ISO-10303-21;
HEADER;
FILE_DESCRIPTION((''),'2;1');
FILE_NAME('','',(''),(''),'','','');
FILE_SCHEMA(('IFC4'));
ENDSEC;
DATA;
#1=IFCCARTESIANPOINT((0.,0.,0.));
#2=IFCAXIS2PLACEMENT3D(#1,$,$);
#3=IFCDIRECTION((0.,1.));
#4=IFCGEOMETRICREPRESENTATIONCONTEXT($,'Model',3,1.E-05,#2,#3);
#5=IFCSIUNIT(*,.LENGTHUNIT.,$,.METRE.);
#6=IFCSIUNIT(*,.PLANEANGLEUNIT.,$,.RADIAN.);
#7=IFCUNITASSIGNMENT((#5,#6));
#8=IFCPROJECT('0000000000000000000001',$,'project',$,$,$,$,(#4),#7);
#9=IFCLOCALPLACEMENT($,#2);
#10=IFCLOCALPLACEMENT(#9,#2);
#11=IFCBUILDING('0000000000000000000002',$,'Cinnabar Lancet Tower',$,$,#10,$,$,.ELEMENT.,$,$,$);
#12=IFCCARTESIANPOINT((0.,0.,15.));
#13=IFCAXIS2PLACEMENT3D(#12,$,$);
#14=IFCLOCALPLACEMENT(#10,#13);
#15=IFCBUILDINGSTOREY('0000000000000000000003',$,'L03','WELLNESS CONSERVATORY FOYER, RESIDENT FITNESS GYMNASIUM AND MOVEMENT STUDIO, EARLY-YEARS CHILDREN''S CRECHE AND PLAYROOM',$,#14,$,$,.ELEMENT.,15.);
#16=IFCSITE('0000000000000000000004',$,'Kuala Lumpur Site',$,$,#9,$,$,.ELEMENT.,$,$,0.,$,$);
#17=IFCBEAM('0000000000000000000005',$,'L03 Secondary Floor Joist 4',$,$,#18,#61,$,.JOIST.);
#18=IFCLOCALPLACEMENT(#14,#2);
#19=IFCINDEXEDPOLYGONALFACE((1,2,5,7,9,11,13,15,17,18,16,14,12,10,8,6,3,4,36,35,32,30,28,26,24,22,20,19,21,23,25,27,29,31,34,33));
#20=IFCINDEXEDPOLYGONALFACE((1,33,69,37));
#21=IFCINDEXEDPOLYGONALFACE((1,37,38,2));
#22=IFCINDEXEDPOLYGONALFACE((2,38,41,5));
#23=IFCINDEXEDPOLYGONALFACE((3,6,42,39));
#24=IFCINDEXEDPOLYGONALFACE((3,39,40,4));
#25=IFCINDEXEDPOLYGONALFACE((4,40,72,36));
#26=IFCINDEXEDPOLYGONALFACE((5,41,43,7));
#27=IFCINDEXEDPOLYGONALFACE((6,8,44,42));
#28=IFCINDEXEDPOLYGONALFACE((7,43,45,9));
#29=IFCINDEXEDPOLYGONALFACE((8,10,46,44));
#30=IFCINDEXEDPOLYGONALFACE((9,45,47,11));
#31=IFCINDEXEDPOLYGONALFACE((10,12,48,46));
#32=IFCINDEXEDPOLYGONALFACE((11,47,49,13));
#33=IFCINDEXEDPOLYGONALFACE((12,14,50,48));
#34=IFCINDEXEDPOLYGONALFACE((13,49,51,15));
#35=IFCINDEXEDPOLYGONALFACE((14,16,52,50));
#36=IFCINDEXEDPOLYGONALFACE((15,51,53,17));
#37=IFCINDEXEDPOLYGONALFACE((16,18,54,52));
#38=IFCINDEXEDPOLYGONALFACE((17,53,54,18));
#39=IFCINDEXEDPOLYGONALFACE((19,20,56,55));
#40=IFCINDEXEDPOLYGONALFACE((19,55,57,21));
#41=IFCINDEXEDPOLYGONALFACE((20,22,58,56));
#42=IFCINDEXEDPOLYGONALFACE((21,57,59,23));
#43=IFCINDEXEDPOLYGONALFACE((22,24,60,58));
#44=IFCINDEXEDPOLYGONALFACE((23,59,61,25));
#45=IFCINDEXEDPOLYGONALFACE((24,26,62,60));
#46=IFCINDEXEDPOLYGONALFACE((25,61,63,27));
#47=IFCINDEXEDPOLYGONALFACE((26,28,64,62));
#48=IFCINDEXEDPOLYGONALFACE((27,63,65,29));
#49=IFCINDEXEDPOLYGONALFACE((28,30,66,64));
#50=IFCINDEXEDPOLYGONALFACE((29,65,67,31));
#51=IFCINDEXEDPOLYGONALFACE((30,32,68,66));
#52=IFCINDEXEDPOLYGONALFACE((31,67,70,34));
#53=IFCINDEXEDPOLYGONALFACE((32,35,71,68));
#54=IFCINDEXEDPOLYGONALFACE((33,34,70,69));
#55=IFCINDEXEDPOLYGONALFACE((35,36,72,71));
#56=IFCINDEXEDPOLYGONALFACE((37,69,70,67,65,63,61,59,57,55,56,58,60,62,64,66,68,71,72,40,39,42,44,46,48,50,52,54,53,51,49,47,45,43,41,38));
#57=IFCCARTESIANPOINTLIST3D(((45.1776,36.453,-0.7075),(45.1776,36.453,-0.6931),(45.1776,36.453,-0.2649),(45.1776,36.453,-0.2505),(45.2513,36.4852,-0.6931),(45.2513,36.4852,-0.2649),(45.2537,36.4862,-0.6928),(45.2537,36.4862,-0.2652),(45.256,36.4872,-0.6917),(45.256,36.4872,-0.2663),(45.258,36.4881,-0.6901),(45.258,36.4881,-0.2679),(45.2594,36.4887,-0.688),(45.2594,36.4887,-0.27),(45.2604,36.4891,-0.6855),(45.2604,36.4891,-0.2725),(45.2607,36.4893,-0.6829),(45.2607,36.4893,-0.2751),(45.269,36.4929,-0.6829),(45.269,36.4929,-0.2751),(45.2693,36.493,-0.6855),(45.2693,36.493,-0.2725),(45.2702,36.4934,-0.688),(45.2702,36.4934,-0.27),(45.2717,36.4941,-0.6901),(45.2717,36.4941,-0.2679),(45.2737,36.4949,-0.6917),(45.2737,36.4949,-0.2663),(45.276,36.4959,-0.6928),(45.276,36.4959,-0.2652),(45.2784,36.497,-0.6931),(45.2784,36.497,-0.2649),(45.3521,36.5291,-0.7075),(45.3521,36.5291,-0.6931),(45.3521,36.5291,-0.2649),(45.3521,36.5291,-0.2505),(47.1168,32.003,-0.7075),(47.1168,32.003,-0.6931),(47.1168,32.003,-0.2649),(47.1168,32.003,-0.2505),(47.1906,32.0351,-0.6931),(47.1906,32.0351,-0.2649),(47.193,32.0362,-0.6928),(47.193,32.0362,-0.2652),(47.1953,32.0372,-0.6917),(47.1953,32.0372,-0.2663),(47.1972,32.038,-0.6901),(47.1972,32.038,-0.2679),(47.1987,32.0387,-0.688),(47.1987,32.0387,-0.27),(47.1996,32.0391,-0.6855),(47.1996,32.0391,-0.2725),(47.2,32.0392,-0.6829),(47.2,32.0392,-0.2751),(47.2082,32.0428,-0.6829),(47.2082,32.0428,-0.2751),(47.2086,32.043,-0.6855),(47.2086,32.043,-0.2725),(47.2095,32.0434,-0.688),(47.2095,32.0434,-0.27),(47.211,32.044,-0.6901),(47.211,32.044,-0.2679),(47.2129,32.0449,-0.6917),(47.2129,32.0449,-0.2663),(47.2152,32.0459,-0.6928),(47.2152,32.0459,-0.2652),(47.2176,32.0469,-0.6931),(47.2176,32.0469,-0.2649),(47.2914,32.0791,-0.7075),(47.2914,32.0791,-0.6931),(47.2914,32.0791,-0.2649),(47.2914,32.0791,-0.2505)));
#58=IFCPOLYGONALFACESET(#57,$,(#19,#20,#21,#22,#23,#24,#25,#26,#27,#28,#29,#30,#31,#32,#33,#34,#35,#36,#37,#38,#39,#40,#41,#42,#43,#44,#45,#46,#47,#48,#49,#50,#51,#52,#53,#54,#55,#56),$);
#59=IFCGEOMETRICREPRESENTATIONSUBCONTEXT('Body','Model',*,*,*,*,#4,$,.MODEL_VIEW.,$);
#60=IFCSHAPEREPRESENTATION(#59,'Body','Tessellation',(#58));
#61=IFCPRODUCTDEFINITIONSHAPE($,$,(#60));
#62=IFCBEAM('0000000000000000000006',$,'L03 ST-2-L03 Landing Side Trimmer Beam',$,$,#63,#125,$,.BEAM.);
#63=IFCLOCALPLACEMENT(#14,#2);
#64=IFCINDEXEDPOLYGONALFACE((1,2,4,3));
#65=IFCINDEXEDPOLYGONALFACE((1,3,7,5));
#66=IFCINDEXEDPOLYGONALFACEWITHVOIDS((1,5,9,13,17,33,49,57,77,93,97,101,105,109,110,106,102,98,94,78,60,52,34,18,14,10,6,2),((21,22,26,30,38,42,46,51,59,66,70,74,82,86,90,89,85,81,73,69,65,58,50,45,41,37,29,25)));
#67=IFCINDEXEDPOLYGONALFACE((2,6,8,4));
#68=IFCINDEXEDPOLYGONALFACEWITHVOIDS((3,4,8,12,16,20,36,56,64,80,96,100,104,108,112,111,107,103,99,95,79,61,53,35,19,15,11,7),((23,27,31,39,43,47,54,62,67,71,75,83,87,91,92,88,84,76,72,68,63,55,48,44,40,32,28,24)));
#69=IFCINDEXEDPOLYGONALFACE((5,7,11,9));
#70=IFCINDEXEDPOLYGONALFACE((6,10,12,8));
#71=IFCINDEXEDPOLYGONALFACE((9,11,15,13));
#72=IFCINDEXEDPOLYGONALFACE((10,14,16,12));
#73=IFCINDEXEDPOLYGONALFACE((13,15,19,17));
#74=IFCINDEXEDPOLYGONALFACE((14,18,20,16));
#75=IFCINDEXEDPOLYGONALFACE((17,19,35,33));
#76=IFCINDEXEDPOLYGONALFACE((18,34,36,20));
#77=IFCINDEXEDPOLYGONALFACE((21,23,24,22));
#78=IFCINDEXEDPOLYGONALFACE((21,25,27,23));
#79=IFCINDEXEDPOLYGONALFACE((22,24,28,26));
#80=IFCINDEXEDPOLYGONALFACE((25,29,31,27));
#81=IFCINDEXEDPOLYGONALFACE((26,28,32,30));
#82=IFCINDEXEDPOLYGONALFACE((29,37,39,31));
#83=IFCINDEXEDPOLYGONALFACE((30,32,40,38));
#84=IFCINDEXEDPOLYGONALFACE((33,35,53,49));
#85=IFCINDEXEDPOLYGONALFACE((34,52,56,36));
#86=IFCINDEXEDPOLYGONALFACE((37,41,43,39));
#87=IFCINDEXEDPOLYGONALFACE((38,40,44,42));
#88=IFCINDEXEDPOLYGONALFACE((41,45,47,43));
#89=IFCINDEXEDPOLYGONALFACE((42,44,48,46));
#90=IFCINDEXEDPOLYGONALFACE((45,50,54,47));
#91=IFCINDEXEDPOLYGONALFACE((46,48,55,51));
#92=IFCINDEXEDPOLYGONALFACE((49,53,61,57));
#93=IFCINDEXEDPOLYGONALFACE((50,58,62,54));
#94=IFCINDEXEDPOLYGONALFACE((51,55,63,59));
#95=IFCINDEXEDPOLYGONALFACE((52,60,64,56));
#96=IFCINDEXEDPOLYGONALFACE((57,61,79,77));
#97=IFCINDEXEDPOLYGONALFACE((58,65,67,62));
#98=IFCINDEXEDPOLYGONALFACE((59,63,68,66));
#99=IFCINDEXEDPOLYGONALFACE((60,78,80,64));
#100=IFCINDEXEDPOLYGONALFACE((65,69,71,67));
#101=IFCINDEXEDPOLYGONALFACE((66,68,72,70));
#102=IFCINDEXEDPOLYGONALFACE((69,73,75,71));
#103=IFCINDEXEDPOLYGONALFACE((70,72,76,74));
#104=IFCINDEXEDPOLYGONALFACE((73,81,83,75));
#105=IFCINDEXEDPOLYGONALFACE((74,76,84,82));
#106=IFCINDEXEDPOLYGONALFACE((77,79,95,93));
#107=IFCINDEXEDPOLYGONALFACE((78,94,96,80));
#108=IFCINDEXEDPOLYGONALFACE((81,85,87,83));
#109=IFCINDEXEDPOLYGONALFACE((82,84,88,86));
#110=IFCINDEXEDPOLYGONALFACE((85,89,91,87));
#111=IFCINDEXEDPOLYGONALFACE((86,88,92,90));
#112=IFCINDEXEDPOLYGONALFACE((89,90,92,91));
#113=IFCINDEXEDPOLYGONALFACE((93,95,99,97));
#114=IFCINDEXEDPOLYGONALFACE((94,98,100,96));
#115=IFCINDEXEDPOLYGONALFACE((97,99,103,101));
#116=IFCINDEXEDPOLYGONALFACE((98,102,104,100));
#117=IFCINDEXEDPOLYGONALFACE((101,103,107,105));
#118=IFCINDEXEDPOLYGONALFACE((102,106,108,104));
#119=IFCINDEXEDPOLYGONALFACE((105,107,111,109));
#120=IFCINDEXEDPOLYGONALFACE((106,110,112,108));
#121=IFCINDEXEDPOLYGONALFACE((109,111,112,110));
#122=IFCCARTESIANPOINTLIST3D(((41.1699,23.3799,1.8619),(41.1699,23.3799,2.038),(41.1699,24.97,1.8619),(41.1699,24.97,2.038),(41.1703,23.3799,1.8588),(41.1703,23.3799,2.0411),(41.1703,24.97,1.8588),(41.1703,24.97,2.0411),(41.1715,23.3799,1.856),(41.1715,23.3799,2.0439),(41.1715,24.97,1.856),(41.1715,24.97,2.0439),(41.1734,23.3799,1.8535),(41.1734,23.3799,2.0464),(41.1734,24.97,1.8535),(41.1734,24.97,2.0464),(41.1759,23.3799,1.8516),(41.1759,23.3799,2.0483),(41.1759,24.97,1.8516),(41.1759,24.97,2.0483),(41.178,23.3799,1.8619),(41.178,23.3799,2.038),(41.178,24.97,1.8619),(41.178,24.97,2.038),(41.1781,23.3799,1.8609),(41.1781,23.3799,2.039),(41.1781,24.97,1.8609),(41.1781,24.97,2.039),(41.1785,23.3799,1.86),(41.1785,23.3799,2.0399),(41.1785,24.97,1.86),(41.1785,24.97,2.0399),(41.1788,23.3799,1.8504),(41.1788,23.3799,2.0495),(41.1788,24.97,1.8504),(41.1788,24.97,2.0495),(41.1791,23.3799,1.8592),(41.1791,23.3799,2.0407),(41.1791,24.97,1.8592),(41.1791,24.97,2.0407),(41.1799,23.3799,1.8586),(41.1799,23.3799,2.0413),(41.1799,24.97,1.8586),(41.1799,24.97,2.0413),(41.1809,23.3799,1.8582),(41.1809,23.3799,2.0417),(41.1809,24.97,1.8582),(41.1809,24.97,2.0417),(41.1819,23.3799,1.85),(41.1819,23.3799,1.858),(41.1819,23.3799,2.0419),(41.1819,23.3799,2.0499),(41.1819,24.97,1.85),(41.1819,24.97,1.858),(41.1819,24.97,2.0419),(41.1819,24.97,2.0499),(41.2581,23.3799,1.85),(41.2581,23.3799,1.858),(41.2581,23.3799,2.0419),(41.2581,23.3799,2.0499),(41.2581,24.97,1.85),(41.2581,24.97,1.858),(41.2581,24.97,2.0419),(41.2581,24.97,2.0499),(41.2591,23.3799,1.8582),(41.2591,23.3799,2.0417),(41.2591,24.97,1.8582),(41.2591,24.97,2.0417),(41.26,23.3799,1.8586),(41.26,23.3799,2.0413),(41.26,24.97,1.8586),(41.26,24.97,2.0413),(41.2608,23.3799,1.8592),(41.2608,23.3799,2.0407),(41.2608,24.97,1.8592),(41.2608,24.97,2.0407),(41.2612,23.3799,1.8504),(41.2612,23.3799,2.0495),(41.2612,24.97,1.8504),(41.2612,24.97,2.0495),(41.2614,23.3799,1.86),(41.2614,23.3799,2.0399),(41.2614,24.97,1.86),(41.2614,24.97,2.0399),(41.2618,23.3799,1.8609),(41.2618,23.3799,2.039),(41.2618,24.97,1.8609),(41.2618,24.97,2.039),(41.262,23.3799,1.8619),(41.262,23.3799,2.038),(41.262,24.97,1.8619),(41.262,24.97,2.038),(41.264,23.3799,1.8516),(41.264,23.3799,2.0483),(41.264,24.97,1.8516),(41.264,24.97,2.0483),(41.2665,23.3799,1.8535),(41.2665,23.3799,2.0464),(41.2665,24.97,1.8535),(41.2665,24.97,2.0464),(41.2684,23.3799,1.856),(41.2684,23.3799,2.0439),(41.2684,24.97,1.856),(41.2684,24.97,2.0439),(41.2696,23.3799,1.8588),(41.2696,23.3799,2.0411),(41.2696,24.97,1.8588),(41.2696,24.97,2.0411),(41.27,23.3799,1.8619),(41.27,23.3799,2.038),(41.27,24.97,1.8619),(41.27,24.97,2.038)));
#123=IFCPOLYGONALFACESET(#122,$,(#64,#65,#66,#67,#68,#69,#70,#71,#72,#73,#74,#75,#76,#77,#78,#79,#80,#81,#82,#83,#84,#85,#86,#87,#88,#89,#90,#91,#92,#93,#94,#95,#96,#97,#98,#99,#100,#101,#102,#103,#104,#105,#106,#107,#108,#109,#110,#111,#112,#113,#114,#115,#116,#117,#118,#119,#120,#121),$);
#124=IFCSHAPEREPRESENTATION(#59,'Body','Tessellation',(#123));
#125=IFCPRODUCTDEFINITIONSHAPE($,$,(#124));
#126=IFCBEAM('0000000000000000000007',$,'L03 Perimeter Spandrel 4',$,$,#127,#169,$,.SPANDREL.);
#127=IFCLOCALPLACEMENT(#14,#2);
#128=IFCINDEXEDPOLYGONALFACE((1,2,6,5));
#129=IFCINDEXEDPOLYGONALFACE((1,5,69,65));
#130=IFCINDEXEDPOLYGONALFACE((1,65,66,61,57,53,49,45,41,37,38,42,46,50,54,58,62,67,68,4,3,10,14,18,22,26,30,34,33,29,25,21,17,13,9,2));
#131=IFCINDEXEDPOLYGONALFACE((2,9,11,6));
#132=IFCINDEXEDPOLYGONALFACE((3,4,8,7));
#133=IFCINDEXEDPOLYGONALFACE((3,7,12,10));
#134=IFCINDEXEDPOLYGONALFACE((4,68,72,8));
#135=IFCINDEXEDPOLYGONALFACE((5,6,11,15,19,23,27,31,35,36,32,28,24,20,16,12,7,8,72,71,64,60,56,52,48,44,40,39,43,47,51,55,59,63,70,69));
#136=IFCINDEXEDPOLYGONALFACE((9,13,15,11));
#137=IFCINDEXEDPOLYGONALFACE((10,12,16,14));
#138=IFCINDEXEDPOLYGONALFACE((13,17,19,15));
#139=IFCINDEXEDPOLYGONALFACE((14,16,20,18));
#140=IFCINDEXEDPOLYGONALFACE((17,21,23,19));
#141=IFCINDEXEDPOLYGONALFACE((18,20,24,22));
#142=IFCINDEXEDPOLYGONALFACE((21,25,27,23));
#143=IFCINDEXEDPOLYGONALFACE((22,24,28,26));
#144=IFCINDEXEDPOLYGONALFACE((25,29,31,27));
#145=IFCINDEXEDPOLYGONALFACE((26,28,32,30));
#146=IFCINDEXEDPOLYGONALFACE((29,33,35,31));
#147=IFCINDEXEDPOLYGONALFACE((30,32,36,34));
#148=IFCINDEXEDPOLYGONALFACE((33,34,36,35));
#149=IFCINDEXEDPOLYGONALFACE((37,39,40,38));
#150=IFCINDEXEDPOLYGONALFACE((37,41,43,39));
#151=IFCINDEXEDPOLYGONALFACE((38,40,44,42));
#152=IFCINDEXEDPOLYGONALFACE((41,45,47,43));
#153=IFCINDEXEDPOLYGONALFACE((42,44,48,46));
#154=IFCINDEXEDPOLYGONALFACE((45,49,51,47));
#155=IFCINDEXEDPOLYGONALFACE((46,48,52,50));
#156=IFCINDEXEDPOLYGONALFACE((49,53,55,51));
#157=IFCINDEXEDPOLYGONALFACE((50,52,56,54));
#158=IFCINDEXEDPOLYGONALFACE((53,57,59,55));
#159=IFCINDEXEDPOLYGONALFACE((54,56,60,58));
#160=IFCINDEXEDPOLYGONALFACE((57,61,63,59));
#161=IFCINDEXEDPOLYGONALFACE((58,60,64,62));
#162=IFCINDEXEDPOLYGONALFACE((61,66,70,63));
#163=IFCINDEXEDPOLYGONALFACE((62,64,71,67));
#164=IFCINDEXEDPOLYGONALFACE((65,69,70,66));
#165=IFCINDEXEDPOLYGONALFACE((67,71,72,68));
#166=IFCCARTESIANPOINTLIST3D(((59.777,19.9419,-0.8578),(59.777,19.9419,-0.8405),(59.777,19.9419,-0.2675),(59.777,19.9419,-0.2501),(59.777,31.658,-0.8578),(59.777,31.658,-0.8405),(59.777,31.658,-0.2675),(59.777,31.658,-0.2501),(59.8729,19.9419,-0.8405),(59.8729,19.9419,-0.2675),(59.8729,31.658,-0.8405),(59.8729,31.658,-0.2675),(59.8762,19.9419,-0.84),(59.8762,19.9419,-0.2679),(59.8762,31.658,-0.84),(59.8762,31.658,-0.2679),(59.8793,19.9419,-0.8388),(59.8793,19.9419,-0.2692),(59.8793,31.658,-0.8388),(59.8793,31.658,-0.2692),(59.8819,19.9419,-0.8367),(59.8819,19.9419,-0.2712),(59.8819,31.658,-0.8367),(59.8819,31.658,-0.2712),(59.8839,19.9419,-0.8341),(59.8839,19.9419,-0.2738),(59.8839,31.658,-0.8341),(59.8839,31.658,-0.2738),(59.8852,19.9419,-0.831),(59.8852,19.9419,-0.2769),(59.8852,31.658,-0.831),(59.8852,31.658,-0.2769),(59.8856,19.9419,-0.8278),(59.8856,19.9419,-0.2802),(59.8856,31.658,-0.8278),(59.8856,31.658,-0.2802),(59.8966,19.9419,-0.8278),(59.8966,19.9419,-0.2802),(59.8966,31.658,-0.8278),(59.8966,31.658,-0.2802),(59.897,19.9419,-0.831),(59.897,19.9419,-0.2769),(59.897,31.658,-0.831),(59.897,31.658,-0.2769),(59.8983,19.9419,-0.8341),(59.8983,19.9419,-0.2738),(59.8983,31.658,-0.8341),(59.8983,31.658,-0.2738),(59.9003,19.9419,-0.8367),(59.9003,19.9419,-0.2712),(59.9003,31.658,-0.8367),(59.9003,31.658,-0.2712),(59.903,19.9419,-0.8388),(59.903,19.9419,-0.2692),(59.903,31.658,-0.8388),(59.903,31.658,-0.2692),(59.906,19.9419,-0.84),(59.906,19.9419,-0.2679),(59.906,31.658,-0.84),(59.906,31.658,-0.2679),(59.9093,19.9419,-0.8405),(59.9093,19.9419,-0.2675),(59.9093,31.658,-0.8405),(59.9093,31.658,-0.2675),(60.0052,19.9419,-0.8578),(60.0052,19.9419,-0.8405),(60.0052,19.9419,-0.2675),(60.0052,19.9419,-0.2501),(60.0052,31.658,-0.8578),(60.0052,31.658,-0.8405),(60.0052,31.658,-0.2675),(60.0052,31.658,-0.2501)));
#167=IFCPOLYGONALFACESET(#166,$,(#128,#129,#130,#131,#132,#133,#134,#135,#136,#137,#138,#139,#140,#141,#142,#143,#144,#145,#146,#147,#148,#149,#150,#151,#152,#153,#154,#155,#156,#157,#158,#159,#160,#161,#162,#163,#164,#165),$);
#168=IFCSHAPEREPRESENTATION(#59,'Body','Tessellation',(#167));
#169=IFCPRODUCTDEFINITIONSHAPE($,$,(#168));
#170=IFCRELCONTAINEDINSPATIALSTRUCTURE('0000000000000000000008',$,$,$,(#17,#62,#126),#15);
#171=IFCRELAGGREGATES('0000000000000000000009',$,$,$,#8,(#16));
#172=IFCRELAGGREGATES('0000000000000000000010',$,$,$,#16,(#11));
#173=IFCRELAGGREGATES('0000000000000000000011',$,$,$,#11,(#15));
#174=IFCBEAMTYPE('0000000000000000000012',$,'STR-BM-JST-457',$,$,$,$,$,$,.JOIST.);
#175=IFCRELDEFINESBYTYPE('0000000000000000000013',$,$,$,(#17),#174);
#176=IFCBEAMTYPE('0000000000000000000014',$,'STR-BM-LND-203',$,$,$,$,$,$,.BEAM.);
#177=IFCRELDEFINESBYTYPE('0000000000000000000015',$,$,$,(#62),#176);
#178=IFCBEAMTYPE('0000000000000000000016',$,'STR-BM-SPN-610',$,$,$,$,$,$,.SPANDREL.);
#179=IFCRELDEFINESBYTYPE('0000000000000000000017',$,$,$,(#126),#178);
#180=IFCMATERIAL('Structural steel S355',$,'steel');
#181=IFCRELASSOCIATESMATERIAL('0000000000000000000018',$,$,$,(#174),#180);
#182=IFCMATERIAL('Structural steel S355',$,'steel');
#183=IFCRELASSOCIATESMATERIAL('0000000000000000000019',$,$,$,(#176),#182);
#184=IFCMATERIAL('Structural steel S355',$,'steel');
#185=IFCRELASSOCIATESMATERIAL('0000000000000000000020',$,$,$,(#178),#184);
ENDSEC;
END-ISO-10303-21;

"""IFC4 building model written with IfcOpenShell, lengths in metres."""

from ifc_helpers import new_model, si_unit, direction, frame, origin, origin_2d, place, context, subcontext, project, spatial, hollow_rectangle, i_section, extrude, material, material_profile, profile_set, type_object, element, save


model = new_model("IFC4")

# Units and contexts
model_context = context("Model", 3, precision=1e-05, world=origin(), true_north=direction((0.0, 1.0)))
body_context = subcontext(model_context, "Body", "Model", "MODEL_VIEW")
ifc_project = project(units=[si_unit("LENGTHUNIT", "METRE"), si_unit("PLANEANGLEUNIT", "RADIAN")], contexts=[model_context])

# Site, building, storey
site_placement = place(None, origin())
site = spatial("IfcSite", under=ifc_project, at=site_placement, Name="Kuala Lumpur Site", CompositionType="ELEMENT", RefElevation=0.0)
building_placement = place(site_placement, origin())
building = spatial("IfcBuilding", under=site, at=building_placement, Name="Cinnabar Lancet Tower", CompositionType="ELEMENT")
storey_placement = place(building_placement, frame((0.0, 0.0, 15.0)))
storey = spatial("IfcBuildingStorey", under=building, at=storey_placement, Name="L03", Description="WELLNESS CONSERVATORY FOYER, RESIDENT FITNESS GYMNASIUM AND MOVEMENT STUDIO, EARLY-YEARS CHILDREN'S CRECHE AND PLAYROOM", CompositionType="ELEMENT", Elevation=15.0)

# Beams
ifc_material_1 = material(Name="Structural steel S355", Category="steel")
ifc_material_profile_1 = material_profile(ifc_material_1, i_section(OverallWidth=0.1904, OverallDepth=0.457, WebThickness=0.009, FlangeThickness=0.0144, FilletRadius=0.0103, at=origin_2d()), Name="UKB 457x191x74")
ifc_profile_set_1 = profile_set([ifc_material_profile_1], Name="Structural steel S355")
beam_type_1 = type_object("IfcBeamType", Name="STR-BM-JST-457", PredefinedType="JOIST", material=ifc_profile_set_1)
beam_1_placement = place(storey_placement, frame((47.2041, 32.041, -0.479), z_axis=(-0.399497, 0.916735, 0.0), x_axis=(-0.916735, -0.399497, 0.0)))
element("IfcBeam", 1, at=beam_1_placement, inside=storey, type_object=beam_type_1, Name="L03 Secondary Floor Joist 4", PredefinedType="JOIST", context=body_context, shape_type="SweptSolid", body=[
    extrude(i_section(OverallWidth=0.1904, OverallDepth=0.457, WebThickness=0.009, FlangeThickness=0.0144, FilletRadius=0.0103, at=origin_2d()), origin(), (0.0, 0.0, 1.0), 4.8542),
])
ifc_material_2 = material(Name="Structural steel S355", Category="steel")
ifc_material_profile_2 = material_profile(ifc_material_2, hollow_rectangle(XDim=0.1001, YDim=0.2, WallThickness=0.0081, InnerFilletRadius=0.0039, OuterFilletRadius=0.012, at=origin_2d()), Name="RHS 200x100x8")
ifc_profile_set_2 = profile_set([ifc_material_profile_2], Name="Structural steel S355")
beam_type_2 = type_object("IfcBeamType", Name="STR-BM-LND-203", PredefinedType="BEAM", material=ifc_profile_set_2)
beam_2_placement = place(storey_placement, frame((41.22, 23.3799, 1.95), z_axis=(0.0, 1.0, 0.0), x_axis=(-1.0, 0.0, 0.0)))
element("IfcBeam", 2, at=beam_2_placement, inside=storey, type_object=beam_type_2, Name="L03 ST-2-L03 Landing Side Trimmer Beam", PredefinedType="BEAM", context=body_context, shape_type="SweptSolid", body=[
    extrude(hollow_rectangle(XDim=0.1001, YDim=0.2, WallThickness=0.0081, InnerFilletRadius=0.0039, OuterFilletRadius=0.012, at=origin_2d()), origin(), (0.0, 0.0, 1.0), 1.5901),
])
ifc_material_3 = material(Name="Structural steel S355", Category="steel")
ifc_material_profile_3 = material_profile(ifc_material_3, i_section(OverallWidth=0.2283, OverallDepth=0.6077, WebThickness=0.011, FlangeThickness=0.0173, FilletRadius=0.0127, at=origin_2d()), Name="UKB 610x229x113")
ifc_profile_set_3 = profile_set([ifc_material_profile_3], Name="Structural steel S355")
beam_type_3 = type_object("IfcBeamType", Name="STR-BM-SPN-610", PredefinedType="SPANDREL", material=ifc_profile_set_3)
beam_3_placement = place(storey_placement, frame((59.8911, 19.9419, -0.554), z_axis=(0.0, 1.0, 0.0), x_axis=(-1.0, 0.0, 0.0)))
element("IfcBeam", 3, at=beam_3_placement, inside=storey, type_object=beam_type_3, Name="L03 Perimeter Spandrel 4", PredefinedType="SPANDREL", context=body_context, shape_type="SweptSolid", body=[
    extrude(i_section(OverallWidth=0.2283, OverallDepth=0.6077, WebThickness=0.011, FlangeThickness=0.0173, FilletRadius=0.0127, at=origin_2d()), origin(), (0.0, 0.0, 1.0), 11.7161),
])

save(model, "model.ifc")
